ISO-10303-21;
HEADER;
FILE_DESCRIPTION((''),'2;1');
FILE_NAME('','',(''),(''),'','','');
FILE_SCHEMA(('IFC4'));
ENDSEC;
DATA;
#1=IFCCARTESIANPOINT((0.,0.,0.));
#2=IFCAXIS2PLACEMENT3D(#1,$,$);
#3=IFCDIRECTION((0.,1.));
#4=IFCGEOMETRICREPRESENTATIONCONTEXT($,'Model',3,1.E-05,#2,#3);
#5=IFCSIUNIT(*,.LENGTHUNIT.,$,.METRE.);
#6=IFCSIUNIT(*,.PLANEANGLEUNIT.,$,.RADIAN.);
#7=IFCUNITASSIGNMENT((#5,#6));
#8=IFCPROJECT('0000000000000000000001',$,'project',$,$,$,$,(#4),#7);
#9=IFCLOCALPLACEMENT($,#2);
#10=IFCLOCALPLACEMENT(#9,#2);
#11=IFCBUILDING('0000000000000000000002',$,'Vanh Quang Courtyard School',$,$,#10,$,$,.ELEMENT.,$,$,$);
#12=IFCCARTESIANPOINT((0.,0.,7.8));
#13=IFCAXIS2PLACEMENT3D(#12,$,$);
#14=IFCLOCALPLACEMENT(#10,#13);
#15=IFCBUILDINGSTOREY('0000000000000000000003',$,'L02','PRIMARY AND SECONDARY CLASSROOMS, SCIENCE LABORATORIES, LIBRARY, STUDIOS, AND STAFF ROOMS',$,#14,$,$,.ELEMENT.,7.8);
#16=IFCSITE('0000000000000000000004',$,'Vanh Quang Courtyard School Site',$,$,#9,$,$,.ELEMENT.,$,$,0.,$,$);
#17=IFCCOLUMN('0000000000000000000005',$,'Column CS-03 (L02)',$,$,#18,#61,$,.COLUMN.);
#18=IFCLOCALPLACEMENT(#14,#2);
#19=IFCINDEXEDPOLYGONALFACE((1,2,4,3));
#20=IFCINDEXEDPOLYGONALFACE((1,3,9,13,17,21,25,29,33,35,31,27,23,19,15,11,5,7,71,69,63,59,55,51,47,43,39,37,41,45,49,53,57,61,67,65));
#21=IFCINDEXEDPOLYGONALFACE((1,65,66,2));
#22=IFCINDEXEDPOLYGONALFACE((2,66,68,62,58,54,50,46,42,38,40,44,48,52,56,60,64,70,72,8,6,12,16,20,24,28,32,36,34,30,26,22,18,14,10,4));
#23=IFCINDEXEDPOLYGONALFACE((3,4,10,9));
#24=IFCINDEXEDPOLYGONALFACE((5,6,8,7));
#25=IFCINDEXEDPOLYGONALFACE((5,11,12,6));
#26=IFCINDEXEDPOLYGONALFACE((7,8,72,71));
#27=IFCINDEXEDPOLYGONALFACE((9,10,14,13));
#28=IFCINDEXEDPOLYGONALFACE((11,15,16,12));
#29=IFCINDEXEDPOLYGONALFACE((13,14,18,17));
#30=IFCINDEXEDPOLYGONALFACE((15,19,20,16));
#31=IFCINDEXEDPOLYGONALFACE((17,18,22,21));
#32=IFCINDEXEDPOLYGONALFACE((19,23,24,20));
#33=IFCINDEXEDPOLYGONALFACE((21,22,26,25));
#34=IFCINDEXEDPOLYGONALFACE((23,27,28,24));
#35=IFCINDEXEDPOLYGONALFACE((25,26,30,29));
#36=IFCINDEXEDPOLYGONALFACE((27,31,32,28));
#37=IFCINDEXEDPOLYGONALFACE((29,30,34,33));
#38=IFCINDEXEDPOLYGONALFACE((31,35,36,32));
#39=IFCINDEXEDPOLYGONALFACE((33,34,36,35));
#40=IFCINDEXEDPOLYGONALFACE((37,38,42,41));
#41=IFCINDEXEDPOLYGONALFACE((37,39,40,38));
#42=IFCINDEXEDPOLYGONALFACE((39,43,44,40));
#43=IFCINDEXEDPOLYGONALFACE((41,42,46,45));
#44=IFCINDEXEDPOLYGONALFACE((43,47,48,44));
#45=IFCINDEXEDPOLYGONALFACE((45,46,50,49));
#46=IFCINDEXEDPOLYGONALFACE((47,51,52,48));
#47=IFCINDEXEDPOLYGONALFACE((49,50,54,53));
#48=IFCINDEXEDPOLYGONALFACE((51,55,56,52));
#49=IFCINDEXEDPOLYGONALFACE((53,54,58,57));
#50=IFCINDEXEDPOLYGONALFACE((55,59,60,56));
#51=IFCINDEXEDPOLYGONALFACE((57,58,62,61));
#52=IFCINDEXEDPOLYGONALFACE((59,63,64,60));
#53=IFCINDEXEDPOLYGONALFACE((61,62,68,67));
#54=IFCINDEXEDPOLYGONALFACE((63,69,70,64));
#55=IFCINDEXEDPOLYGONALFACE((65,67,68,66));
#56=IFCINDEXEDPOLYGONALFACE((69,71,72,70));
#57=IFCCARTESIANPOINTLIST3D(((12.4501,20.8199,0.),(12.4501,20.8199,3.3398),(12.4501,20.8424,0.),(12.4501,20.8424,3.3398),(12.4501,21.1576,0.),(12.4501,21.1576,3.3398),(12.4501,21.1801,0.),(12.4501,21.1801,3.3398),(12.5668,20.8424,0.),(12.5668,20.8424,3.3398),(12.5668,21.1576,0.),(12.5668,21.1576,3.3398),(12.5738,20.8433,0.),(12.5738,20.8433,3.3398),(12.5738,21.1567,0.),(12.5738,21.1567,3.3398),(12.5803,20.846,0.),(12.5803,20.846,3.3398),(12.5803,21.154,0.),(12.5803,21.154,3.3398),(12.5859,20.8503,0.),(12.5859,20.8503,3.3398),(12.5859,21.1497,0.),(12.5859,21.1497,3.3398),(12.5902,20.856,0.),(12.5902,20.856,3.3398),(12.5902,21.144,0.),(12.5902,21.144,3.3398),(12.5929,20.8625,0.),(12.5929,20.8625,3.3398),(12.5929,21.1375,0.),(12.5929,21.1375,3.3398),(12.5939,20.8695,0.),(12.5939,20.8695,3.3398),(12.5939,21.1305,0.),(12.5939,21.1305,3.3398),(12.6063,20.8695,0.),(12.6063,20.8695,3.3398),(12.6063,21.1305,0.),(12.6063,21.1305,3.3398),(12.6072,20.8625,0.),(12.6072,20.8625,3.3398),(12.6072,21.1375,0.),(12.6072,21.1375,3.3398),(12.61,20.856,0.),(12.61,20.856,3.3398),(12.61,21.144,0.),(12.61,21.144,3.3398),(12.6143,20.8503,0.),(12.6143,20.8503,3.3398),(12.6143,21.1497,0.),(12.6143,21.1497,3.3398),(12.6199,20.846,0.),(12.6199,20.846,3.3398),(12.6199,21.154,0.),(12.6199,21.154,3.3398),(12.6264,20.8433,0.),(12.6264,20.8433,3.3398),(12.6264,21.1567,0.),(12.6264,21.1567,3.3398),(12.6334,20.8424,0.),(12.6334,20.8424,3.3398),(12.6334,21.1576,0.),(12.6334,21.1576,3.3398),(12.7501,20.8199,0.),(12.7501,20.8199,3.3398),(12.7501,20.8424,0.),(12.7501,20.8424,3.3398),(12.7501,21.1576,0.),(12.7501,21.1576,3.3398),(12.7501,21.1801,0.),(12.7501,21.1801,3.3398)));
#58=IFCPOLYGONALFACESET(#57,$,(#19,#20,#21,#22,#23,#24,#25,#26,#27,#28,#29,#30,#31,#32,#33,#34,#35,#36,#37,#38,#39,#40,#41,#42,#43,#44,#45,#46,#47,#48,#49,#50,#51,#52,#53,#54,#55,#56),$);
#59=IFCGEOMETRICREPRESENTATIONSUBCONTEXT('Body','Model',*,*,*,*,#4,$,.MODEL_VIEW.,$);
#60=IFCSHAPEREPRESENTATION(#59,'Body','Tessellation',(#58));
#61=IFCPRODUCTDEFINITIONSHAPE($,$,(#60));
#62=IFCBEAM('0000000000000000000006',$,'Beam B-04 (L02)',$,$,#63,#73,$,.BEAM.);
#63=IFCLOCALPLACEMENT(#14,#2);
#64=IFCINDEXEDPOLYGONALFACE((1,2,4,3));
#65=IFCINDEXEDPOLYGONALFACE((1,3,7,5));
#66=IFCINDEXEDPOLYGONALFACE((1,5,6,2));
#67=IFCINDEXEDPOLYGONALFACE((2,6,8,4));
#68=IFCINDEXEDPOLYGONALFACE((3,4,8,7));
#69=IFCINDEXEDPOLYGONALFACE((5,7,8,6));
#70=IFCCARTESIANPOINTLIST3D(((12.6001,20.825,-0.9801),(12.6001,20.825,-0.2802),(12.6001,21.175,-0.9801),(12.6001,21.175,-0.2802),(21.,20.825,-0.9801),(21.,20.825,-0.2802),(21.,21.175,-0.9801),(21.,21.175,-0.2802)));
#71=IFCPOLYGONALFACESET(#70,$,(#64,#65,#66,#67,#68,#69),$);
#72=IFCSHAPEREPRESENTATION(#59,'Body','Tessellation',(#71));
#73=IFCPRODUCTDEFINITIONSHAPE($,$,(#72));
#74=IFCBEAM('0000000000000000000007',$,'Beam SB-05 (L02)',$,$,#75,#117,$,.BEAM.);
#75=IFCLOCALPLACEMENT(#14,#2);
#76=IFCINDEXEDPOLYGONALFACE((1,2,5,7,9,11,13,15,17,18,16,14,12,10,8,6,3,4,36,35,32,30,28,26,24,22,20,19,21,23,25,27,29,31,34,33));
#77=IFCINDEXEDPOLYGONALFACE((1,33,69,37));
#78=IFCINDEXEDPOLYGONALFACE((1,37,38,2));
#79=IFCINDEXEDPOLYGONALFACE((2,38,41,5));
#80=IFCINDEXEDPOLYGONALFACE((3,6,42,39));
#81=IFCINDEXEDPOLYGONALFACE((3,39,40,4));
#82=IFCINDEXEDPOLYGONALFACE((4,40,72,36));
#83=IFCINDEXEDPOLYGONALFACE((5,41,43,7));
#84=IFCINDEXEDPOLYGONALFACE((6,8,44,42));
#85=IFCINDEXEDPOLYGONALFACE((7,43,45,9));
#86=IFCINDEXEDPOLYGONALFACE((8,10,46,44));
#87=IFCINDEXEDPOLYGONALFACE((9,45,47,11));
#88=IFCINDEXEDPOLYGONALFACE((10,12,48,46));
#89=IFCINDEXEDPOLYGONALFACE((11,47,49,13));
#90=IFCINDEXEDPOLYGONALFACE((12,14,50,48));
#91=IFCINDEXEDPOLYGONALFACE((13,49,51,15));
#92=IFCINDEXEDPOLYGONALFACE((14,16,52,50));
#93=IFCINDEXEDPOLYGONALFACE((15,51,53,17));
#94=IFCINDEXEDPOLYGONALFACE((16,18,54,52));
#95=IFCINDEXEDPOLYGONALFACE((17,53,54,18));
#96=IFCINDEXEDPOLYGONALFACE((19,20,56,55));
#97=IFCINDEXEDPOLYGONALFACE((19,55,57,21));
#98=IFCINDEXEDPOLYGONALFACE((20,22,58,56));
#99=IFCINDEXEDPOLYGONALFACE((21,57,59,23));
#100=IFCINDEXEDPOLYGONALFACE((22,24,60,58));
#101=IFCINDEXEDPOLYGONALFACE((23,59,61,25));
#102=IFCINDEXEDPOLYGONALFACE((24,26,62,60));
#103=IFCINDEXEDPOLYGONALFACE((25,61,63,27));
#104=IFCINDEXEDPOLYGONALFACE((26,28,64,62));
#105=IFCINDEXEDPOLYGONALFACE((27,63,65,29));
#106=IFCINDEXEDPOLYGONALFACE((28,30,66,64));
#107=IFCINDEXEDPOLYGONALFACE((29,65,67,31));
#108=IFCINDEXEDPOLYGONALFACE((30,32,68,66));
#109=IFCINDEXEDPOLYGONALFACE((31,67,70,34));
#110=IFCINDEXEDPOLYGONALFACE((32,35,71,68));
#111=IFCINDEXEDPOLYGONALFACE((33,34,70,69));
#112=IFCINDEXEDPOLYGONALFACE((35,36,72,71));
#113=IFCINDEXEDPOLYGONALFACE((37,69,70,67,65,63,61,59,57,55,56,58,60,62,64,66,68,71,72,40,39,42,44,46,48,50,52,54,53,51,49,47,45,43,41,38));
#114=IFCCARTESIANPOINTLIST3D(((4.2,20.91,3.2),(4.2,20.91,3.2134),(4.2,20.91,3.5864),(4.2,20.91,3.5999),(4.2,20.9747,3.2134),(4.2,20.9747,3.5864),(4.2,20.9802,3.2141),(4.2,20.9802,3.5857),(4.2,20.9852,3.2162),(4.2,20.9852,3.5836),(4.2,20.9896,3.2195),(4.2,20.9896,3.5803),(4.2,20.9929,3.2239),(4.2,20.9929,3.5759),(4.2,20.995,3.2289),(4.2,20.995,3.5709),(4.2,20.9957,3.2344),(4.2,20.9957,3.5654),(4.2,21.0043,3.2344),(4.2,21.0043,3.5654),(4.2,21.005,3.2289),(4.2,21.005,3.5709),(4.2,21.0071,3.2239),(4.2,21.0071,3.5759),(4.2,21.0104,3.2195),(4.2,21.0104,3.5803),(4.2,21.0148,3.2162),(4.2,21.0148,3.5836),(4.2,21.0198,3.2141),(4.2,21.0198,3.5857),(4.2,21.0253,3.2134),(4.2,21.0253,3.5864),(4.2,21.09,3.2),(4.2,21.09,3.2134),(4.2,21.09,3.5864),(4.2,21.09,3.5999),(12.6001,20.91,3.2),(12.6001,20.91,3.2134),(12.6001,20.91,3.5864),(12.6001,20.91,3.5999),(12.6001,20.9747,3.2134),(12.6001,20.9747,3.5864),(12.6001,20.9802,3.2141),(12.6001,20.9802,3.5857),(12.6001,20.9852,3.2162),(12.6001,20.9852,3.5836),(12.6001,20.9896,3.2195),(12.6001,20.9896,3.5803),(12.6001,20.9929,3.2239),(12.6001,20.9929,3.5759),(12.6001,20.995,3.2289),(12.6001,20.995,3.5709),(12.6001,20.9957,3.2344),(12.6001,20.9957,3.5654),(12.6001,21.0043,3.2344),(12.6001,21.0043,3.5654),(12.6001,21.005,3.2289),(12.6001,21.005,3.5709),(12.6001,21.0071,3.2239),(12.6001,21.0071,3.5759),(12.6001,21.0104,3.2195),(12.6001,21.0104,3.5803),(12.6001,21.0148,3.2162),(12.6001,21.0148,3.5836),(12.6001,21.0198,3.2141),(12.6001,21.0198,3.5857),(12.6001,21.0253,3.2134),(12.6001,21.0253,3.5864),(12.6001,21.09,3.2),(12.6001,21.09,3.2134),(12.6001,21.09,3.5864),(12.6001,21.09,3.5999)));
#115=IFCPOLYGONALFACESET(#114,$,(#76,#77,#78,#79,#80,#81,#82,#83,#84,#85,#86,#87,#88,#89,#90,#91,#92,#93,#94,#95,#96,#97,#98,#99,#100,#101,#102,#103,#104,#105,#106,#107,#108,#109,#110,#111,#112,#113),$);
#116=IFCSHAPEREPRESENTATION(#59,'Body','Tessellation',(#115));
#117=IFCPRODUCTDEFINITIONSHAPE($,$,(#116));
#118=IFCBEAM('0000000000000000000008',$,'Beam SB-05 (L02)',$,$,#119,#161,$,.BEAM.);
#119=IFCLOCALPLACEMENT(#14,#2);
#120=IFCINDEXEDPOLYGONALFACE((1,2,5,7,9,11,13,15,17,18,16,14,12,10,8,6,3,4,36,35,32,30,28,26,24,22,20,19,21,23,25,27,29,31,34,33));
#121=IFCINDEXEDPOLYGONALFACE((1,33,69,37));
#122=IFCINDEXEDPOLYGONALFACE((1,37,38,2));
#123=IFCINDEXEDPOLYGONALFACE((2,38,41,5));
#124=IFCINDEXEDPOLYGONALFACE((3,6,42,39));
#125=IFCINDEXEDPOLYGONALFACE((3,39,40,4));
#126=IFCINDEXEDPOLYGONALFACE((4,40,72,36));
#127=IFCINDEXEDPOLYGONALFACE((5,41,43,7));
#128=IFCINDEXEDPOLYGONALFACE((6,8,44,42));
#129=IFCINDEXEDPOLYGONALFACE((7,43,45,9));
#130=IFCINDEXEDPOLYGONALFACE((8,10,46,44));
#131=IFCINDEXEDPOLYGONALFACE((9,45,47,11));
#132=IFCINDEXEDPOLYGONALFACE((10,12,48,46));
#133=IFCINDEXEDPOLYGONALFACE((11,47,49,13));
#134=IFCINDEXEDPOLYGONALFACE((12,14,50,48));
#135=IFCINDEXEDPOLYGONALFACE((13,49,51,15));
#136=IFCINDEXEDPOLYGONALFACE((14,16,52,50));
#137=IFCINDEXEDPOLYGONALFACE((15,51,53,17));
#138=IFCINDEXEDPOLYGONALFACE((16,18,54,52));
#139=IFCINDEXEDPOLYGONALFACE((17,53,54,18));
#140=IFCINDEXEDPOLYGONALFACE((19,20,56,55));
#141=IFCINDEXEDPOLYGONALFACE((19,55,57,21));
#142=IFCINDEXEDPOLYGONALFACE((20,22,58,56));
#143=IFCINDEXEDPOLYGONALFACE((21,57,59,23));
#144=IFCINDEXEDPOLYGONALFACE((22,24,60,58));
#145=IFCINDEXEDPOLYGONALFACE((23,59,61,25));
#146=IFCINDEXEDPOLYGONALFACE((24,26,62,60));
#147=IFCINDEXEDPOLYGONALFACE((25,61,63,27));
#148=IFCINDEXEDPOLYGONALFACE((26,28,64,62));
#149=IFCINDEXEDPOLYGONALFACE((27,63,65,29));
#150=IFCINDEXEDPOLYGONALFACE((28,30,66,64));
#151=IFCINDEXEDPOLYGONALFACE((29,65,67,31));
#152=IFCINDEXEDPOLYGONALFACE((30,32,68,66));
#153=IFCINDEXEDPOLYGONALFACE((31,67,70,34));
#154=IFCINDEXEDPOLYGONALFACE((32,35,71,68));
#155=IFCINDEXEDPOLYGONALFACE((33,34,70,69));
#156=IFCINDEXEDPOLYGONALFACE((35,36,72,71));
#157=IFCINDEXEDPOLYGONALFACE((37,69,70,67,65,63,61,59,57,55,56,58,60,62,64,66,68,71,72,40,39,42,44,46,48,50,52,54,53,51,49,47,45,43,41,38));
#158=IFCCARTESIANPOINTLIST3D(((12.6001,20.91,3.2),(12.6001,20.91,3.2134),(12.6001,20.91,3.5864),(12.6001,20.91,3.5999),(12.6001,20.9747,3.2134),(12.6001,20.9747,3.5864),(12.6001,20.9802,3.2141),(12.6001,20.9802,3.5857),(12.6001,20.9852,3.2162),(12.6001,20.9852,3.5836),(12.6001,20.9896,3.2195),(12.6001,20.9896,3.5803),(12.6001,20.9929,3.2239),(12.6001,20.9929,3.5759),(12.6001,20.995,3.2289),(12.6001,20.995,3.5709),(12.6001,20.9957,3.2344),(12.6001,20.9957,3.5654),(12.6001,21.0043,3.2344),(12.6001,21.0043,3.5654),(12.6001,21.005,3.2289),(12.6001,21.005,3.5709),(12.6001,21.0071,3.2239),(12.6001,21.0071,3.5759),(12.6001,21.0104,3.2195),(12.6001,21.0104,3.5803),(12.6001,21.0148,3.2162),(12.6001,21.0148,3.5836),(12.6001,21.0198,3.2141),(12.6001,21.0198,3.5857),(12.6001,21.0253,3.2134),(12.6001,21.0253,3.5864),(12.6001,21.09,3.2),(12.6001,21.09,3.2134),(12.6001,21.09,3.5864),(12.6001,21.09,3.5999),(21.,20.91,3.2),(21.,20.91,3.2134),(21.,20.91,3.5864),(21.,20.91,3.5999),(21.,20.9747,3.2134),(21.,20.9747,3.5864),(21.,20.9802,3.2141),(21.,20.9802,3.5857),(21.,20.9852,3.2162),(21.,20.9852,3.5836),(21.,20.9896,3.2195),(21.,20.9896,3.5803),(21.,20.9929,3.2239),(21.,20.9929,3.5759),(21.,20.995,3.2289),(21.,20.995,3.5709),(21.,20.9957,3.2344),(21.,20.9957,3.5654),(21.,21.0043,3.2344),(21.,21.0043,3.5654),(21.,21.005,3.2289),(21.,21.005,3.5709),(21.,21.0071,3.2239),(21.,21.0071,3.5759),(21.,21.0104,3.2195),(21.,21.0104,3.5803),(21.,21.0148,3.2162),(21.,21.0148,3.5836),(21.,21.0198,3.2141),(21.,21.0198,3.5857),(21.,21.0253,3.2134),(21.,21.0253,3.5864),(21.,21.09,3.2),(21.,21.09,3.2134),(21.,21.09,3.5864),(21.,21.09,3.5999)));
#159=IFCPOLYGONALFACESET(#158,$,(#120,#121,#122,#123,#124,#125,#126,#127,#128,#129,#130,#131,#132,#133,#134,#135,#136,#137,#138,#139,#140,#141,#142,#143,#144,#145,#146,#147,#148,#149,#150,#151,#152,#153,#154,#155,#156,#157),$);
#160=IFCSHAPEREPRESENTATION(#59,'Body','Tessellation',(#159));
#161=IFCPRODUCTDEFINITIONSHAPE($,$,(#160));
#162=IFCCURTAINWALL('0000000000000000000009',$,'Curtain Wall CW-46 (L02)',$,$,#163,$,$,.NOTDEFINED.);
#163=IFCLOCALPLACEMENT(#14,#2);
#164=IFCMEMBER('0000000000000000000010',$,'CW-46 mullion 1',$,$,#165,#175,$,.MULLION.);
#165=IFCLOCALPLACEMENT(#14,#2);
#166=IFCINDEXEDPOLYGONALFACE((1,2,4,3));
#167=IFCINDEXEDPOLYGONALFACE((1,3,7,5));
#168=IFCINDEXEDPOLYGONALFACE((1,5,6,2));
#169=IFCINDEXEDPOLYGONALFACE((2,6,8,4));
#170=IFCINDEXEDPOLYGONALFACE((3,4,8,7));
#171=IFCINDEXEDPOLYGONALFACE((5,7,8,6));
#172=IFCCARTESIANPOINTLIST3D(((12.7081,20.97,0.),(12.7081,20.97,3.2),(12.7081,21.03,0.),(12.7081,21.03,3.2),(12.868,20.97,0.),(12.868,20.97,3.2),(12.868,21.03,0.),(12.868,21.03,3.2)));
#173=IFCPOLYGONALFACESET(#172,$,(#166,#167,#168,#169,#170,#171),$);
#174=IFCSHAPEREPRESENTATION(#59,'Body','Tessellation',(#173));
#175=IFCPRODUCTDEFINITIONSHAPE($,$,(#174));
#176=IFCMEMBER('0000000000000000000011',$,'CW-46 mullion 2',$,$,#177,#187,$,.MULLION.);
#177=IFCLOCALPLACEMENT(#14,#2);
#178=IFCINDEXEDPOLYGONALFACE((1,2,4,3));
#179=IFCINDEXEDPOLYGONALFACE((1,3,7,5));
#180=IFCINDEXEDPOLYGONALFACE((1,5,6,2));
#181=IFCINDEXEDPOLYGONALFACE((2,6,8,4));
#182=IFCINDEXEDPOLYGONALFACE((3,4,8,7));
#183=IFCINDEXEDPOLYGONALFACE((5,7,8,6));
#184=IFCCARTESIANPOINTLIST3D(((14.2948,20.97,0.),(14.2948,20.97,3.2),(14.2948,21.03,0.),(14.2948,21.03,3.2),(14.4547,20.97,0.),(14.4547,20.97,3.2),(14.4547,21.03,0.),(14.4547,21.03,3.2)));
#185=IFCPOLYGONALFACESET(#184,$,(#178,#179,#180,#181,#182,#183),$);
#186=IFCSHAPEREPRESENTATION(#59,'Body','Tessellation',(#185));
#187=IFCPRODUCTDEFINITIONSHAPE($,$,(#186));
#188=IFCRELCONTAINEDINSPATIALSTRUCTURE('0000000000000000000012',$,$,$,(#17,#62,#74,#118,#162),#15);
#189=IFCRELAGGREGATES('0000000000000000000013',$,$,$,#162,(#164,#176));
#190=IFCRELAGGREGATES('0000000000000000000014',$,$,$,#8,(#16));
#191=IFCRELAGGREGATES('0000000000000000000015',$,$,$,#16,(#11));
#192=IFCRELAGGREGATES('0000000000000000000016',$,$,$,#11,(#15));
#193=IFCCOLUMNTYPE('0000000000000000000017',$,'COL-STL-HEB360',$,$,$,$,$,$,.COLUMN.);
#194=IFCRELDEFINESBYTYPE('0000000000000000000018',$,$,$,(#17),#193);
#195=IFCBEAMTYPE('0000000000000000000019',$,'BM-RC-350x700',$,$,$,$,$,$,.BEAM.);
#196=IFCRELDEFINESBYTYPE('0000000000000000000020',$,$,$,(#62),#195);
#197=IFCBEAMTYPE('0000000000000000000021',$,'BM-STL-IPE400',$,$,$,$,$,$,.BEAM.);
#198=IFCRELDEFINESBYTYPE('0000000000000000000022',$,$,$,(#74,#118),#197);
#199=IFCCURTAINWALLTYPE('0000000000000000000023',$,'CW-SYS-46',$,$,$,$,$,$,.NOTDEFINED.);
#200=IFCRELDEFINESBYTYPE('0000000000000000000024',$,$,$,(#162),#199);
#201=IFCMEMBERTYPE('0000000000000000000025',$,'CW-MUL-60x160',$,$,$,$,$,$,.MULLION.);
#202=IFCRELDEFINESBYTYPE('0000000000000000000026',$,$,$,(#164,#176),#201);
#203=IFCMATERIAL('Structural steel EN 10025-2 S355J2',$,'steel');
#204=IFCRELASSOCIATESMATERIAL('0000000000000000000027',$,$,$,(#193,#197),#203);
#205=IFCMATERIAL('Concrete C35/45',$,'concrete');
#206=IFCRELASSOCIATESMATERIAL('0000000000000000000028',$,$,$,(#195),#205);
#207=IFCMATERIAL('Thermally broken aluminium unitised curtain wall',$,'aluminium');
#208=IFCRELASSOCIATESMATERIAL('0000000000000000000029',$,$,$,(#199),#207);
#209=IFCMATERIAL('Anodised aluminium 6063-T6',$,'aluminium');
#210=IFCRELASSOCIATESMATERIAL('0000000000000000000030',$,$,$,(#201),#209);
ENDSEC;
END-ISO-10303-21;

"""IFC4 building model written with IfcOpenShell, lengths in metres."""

from ifc_helpers import new_model, si_unit, direction, frame, origin, origin_2d, place, context, subcontext, project, spatial, rectangle, i_section, extrude, material, material_profile, profile_set, type_object, element, aggregate, save


model = new_model("IFC4")

# Units and contexts
model_context = context("Model", 3, precision=1e-05, world=origin(), true_north=direction((0.0, 1.0)))
body_context = subcontext(model_context, "Body", "Model", "MODEL_VIEW")
ifc_project = project(units=[si_unit("LENGTHUNIT", "METRE"), si_unit("PLANEANGLEUNIT", "RADIAN")], contexts=[model_context])

# Site, building, storey
site_placement = place(None, origin())
site = spatial("IfcSite", under=ifc_project, at=site_placement, Name="Vanh Quang Courtyard School Site", CompositionType="ELEMENT", RefElevation=0.0)
building_placement = place(site_placement, origin())
building = spatial("IfcBuilding", under=site, at=building_placement, Name="Vanh Quang Courtyard School", CompositionType="ELEMENT")
storey_placement = place(building_placement, frame((0.0, 0.0, 7.8)))
storey = spatial("IfcBuildingStorey", under=building, at=storey_placement, Name="L02", Description="PRIMARY AND SECONDARY CLASSROOMS, SCIENCE LABORATORIES, LIBRARY, STUDIOS, AND STAFF ROOMS", CompositionType="ELEMENT", Elevation=7.8)

# Column
ifc_material_1 = material(Name="Structural steel EN 10025-2 S355J2", Category="steel")
ifc_material_profile_1 = material_profile(ifc_material_1, i_section(OverallWidth=0.3, OverallDepth=0.3601, WebThickness=0.0125, FlangeThickness=0.0225, FilletRadius=0.0271, at=origin_2d()), Name="HEB 360")
ifc_profile_set_1 = profile_set([ifc_material_profile_1], Name="Structural steel EN 10025-2 S355J2")
column_type = type_object("IfcColumnType", Name="COL-STL-HEB360", PredefinedType="COLUMN", material=ifc_profile_set_1)
column_placement = place(storey_placement, frame((12.6001, 21.0, 0.0), z_axis=(0.0, 0.0, 1.0), x_axis=(1.0, 0.0, 0.0)))
element("IfcColumn", 1, at=column_placement, inside=storey, type_object=column_type, Name="Column CS-03 (L02)", PredefinedType="COLUMN", context=body_context, shape_type="SweptSolid", body=[
    extrude(i_section(OverallWidth=0.3, OverallDepth=0.3601, WebThickness=0.0125, FlangeThickness=0.0225, FilletRadius=0.0271, at=origin_2d()), origin(), (0.0, 0.0, 1.0), 3.3398),
])

# Beams
ifc_material_2 = material(Name="Concrete C35/45", Category="concrete")
ifc_material_profile_2 = material_profile(ifc_material_2, rectangle(XDim=0.3501, YDim=0.7, at=origin_2d()), Name="RC-BM 350x700")
ifc_profile_set_2 = profile_set([ifc_material_profile_2], Name="Concrete C35/45")
beam_type_1 = type_object("IfcBeamType", Name="BM-RC-350x700", PredefinedType="BEAM", material=ifc_profile_set_2)
beam_1_placement = place(storey_placement, frame((12.6001, 21.0, -0.6301), z_axis=(1.0, 0.0, 0.0), x_axis=(0.0, 1.0, 0.0)))
element("IfcBeam", 2, at=beam_1_placement, inside=storey, type_object=beam_type_1, Name="Beam B-04 (L02)", PredefinedType="BEAM", context=body_context, shape_type="SweptSolid", body=[
    extrude(rectangle(XDim=0.3501, YDim=0.7, at=origin_2d()), origin(), (0.0, 0.0, 1.0), 8.3999),
])
ifc_material_profile_3 = material_profile(ifc_material_1, i_section(OverallWidth=0.1799, OverallDepth=0.3999, WebThickness=0.0085, FlangeThickness=0.0134, FilletRadius=0.021, at=origin_2d()), Name="IPE 400")
ifc_profile_set_3 = profile_set([ifc_material_profile_3], Name="Structural steel EN 10025-2 S355J2")
beam_type_2 = type_object("IfcBeamType", Name="BM-STL-IPE400", PredefinedType="BEAM", material=ifc_profile_set_3)
beam_2_placement = place(storey_placement, frame((4.2, 21.0, 3.3999), z_axis=(1.0, 0.0, 0.0), x_axis=(0.0, 1.0, 0.0)))
element("IfcBeam", 3, at=beam_2_placement, inside=storey, type_object=beam_type_2, Name="Beam SB-05 (L02)", PredefinedType="BEAM", context=body_context, shape_type="SweptSolid", body=[
    extrude(i_section(OverallWidth=0.1799, OverallDepth=0.3999, WebThickness=0.0085, FlangeThickness=0.0134, FilletRadius=0.021, at=origin_2d()), origin(), (0.0, 0.0, 1.0), 8.4001),
])
beam_3_placement = place(storey_placement, frame((12.6001, 21.0, 3.3999), z_axis=(1.0, 0.0, 0.0), x_axis=(0.0, 1.0, 0.0)))
element("IfcBeam", 4, at=beam_3_placement, inside=storey, type_object=beam_type_2, Name="Beam SB-05 (L02)", PredefinedType="BEAM", context=body_context, shape_type="SweptSolid", body=[
    extrude(i_section(OverallWidth=0.1799, OverallDepth=0.3999, WebThickness=0.0085, FlangeThickness=0.0134, FilletRadius=0.021, at=origin_2d()), origin(), (0.0, 0.0, 1.0), 8.3999),
])

# Curtain wall, members
ifc_material_3 = material(Name="Thermally broken aluminium unitised curtain wall", Category="aluminium")
curtain_wall_type = type_object("IfcCurtainWallType", Name="CW-SYS-46", PredefinedType="NOTDEFINED", material=ifc_material_3)
curtain_wall_placement = place(storey_placement, origin())
curtain_wall = element("IfcCurtainWall", 5, at=curtain_wall_placement, inside=storey, type_object=curtain_wall_type, Name="Curtain Wall CW-46 (L02)", PredefinedType="NOTDEFINED")
ifc_material_4 = material(Name="Anodised aluminium 6063-T6", Category="aluminium")
ifc_material_profile_4 = material_profile(ifc_material_4, rectangle(XDim=0.0601, YDim=0.1599, at=origin_2d()), Name="ALU-MUL 60x160")
ifc_profile_set_4 = profile_set([ifc_material_profile_4], Name="Anodised aluminium 6063-T6")
member_type_1 = type_object("IfcMemberType", Name="CW-MUL-60x160", PredefinedType="MULLION", material=ifc_profile_set_4)
member_1_placement = place(storey_placement, frame((12.7881, 21.0, 0.0), z_axis=(0.0, 0.0, 1.0), x_axis=(0.0, 1.0, 0.0)))
member_1 = element("IfcMember", 6, at=member_1_placement, type_object=member_type_1, Name="CW-46 mullion 1", PredefinedType="MULLION", context=body_context, shape_type="SweptSolid", body=[
    extrude(rectangle(XDim=0.0601, YDim=0.1599, at=origin_2d()), origin(), (0.0, 0.0, 1.0), 3.2),
])
member_2_placement = place(storey_placement, frame((14.3748, 21.0, 0.0), z_axis=(0.0, 0.0, 1.0), x_axis=(0.0, 1.0, 0.0)))
member_2 = element("IfcMember", 7, at=member_2_placement, type_object=member_type_1, Name="CW-46 mullion 2", PredefinedType="MULLION", context=body_context, shape_type="SweptSolid", body=[
    extrude(rectangle(XDim=0.0601, YDim=0.1599, at=origin_2d()), origin(), (0.0, 0.0, 1.0), 3.2),
])
aggregate(curtain_wall, [member_1, member_2])

save(model, "model.ifc")
